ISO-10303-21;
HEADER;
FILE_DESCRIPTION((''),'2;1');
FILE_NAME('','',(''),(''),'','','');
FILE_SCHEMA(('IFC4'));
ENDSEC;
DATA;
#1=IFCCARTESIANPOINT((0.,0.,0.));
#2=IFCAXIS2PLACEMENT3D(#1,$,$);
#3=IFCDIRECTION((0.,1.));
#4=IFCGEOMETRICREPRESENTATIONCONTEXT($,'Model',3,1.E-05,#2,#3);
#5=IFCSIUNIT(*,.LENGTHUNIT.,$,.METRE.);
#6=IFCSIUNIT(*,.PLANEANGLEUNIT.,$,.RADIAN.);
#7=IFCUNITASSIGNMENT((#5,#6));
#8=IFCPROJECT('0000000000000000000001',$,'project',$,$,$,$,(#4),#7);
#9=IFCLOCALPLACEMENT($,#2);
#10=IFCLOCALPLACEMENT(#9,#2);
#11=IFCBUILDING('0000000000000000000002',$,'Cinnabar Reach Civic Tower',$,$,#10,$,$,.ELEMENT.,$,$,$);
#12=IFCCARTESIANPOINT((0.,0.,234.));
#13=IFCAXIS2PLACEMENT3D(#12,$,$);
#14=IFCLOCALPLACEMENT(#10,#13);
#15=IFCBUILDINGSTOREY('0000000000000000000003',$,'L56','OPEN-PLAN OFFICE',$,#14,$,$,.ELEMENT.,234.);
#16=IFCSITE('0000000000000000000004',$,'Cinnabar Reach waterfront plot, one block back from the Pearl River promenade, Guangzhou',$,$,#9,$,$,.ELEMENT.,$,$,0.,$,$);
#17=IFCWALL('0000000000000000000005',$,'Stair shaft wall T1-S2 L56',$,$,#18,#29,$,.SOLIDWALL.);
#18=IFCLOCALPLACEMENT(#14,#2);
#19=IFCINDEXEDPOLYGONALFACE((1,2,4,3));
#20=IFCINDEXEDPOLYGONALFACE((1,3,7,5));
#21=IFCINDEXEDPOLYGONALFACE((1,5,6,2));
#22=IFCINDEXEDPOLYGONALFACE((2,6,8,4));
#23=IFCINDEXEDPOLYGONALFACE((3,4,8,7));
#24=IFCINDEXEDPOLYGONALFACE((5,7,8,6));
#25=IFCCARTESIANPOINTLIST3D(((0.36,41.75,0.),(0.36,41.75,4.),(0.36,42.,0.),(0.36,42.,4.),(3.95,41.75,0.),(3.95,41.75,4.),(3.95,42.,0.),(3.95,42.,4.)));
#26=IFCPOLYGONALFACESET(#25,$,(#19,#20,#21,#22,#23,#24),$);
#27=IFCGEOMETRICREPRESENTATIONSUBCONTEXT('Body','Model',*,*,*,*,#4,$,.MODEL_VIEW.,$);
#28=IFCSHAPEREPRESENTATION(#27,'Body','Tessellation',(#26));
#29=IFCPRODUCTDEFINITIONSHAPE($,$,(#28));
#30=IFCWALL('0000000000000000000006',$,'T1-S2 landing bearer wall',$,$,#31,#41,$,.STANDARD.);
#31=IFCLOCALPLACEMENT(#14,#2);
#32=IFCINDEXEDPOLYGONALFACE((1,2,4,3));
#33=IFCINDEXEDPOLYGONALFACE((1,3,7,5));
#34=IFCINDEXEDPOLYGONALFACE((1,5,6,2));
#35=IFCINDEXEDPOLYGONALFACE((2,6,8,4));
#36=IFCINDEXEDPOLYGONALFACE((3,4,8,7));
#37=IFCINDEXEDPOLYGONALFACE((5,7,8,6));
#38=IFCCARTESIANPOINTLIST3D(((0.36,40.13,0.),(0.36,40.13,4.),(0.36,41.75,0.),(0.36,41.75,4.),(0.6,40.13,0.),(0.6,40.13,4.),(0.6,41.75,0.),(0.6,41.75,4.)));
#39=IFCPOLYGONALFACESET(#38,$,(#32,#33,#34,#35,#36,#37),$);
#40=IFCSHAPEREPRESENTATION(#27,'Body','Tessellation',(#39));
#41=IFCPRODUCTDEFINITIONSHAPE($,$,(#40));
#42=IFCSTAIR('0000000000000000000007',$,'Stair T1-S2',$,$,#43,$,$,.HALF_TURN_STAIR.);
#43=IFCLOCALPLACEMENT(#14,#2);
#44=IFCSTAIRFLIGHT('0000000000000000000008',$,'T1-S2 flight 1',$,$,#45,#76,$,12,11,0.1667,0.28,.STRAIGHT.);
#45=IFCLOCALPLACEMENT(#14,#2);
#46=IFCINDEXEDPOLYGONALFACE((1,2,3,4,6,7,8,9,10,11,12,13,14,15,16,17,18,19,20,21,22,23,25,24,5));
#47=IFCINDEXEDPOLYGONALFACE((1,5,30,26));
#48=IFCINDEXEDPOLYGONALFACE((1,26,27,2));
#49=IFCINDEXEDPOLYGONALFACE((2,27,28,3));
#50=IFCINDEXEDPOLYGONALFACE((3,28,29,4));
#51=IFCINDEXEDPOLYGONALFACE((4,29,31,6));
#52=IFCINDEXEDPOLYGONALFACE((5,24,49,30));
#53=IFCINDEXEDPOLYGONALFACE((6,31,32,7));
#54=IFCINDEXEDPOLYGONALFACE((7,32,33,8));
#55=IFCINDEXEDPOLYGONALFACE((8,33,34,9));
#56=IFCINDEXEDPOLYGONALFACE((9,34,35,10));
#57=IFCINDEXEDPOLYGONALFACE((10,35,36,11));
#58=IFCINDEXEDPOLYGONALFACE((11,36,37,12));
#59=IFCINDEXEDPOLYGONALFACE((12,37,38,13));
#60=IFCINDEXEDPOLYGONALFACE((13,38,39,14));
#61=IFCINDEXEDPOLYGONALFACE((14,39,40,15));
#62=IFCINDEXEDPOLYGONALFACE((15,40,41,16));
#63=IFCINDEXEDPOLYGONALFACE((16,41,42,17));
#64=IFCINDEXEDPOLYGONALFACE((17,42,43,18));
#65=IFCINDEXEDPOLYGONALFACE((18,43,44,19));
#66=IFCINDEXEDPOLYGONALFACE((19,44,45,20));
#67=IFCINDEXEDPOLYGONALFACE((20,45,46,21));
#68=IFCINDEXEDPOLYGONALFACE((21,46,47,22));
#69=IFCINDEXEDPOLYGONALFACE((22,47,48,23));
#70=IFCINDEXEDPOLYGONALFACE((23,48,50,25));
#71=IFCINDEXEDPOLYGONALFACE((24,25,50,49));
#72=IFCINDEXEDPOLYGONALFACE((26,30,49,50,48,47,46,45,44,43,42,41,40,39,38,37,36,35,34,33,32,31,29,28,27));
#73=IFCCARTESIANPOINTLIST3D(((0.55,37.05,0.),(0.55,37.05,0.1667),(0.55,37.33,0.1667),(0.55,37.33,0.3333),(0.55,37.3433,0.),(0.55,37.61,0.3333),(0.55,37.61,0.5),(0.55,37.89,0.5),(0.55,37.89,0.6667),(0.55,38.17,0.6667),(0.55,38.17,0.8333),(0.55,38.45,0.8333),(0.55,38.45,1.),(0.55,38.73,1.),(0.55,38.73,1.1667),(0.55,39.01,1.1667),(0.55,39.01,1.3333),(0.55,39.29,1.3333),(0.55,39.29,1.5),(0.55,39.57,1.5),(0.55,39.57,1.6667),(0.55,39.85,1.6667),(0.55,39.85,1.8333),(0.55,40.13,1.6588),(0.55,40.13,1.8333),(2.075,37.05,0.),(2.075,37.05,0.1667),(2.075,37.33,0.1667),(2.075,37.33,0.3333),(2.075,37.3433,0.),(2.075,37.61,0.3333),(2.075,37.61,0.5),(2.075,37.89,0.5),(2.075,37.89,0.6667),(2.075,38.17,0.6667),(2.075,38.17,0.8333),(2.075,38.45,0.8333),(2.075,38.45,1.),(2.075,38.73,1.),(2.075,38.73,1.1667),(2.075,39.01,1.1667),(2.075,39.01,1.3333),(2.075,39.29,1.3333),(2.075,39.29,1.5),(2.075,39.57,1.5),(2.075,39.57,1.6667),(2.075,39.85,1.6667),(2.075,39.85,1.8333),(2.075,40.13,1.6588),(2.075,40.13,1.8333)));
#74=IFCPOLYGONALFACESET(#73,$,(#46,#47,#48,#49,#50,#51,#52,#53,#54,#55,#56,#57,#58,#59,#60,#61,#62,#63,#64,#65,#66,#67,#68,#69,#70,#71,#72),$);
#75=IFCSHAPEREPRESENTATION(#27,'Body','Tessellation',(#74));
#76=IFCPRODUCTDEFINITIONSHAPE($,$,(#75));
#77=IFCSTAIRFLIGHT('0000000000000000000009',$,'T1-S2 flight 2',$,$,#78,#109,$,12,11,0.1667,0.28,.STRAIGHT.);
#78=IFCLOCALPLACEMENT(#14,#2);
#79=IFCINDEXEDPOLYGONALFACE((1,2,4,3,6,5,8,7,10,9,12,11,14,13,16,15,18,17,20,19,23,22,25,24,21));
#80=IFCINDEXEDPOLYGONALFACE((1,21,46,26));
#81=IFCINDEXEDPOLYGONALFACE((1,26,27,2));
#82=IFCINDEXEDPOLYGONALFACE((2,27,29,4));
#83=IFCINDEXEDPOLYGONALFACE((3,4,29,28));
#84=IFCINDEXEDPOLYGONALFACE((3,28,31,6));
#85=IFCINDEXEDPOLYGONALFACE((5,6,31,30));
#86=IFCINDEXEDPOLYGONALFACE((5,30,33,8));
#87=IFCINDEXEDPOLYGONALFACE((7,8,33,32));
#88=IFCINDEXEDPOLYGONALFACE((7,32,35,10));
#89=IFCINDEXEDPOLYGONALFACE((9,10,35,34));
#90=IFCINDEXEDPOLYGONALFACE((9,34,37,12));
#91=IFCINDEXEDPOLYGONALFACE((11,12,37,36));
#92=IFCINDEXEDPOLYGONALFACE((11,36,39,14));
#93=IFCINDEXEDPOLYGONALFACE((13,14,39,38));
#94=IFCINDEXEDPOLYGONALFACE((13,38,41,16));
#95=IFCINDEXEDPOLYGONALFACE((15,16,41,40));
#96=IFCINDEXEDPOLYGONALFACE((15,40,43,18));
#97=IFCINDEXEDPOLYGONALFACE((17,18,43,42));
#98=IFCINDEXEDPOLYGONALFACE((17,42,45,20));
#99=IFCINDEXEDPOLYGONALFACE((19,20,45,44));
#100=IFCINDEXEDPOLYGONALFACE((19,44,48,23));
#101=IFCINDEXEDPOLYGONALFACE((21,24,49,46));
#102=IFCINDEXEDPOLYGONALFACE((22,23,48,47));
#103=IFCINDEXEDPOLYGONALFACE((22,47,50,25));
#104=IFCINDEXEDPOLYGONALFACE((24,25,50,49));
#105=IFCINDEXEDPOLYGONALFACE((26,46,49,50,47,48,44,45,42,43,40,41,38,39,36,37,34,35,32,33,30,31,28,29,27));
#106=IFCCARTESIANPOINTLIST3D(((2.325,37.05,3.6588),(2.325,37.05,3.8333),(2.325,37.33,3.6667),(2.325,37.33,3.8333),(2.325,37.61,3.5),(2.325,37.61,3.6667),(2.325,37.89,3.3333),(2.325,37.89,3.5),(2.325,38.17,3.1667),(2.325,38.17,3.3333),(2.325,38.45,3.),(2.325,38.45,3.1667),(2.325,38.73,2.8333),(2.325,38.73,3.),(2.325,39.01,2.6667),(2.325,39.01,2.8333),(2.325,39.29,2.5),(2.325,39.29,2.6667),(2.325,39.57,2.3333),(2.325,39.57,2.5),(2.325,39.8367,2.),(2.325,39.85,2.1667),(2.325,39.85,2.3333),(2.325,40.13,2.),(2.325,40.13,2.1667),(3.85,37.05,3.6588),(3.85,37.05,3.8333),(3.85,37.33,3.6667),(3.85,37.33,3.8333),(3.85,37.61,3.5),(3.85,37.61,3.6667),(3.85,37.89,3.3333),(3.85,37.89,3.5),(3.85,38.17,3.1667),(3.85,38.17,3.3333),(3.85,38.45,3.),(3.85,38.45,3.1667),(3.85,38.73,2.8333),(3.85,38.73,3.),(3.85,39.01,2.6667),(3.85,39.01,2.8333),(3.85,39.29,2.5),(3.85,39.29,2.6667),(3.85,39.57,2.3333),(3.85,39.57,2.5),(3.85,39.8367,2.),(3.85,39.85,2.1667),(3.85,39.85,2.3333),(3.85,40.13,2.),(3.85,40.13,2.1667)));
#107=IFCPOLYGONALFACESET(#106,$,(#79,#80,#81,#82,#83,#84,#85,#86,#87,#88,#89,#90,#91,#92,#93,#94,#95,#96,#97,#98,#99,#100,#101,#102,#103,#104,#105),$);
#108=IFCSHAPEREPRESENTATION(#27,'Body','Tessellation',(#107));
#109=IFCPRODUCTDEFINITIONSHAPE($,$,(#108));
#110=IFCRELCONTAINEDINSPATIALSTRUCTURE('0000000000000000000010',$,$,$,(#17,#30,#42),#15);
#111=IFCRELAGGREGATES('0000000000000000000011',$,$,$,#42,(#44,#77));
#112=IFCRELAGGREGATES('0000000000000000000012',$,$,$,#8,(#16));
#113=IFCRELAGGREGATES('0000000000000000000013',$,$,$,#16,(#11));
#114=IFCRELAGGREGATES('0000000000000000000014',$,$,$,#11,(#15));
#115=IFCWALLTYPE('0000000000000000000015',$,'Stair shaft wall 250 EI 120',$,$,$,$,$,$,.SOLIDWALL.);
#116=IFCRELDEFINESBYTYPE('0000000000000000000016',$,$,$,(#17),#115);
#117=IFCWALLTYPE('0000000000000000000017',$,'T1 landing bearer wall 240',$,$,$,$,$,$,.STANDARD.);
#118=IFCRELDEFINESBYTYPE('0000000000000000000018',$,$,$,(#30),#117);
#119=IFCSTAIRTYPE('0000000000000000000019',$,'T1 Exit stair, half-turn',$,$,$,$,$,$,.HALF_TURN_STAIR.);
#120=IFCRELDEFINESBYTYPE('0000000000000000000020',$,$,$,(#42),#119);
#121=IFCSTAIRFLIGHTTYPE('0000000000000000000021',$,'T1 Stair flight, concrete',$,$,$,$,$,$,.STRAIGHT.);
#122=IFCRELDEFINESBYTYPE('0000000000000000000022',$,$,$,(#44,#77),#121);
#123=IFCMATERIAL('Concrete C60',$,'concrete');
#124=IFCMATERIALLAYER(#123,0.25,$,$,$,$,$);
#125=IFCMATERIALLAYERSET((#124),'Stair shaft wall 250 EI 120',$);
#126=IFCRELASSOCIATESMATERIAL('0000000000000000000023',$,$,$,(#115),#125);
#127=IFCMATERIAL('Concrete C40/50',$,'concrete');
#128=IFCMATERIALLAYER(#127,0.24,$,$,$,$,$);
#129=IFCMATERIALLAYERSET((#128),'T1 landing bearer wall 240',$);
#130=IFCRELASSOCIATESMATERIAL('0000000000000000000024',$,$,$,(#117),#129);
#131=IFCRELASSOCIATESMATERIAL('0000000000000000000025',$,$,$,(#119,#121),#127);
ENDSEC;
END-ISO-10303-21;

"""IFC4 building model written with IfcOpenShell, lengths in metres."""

from ifc_helpers import new_model, si_unit, direction, frame, frame_2d, origin, place, context, subcontext, project, spatial, polyline, rectangle, outline, extrude, material, layer, layer_set, type_object, element, aggregate, save


model = new_model("IFC4")

# Units and contexts
model_context = context("Model", 3, precision=1e-05, world=origin(), true_north=direction((0.0, 1.0)))
body_context = subcontext(model_context, "Body", "Model", "MODEL_VIEW")
ifc_project = project(units=[si_unit("LENGTHUNIT", "METRE"), si_unit("PLANEANGLEUNIT", "RADIAN")], contexts=[model_context])

# Site, building, storey
site_placement = place(None, origin())
site = spatial("IfcSite", under=ifc_project, at=site_placement, Name="Cinnabar Reach waterfront plot, one block back from the Pearl River promenade, Guangzhou", CompositionType="ELEMENT", RefElevation=0.0)
building_placement = place(site_placement, origin())
building = spatial("IfcBuilding", under=site, at=building_placement, Name="Cinnabar Reach Civic Tower", CompositionType="ELEMENT")
storey_placement = place(building_placement, frame((0.0, 0.0, 234.0)))
storey = spatial("IfcBuildingStorey", under=building, at=storey_placement, Name="L56", Description="OPEN-PLAN OFFICE", CompositionType="ELEMENT", Elevation=234.0)

# Shared definitions
ifc_material_1 = material(Name="Concrete C60", Category="concrete")

# Shared definitions
ifc_layer_1 = layer(ifc_material_1, 0.25)
ifc_layer_set_1 = layer_set([ifc_layer_1], Name="Stair shaft wall 250 EI 120")
wall_type_1 = type_object("IfcWallType", Name="Stair shaft wall 250 EI 120", PredefinedType="SOLIDWALL", material=ifc_layer_set_1)

# Walls
wall_1_placement = place(storey_placement, frame((3.95, 41.875, 0.0), z_axis=(0.0, 0.0, 1.0), x_axis=(-1.0, 0.0, 0.0)))
element("IfcWall", 1, at=wall_1_placement, inside=storey, type_object=wall_type_1, Name="Stair shaft wall T1-S2 L56", PredefinedType="SOLIDWALL", context=body_context, shape_type="SweptSolid", body=[
    extrude(rectangle(XDim=3.59, YDim=0.25, at=frame_2d((1.795, 0.0))), origin(), (0.0, 0.0, 1.0), 4.0),
])
ifc_material_2 = material(Name="Concrete C40/50", Category="concrete")
ifc_layer_2 = layer(ifc_material_2, 0.24)
ifc_layer_set_2 = layer_set([ifc_layer_2], Name="T1 landing bearer wall 240")
wall_type_2 = type_object("IfcWallType", Name="T1 landing bearer wall 240", PredefinedType="STANDARD", material=ifc_layer_set_2)
wall_2_placement = place(storey_placement, frame((0.48, 40.13, 0.0), z_axis=(0.0, 0.0, 1.0), x_axis=(0.0, 1.0, 0.0)))
element("IfcWall", 2, at=wall_2_placement, inside=storey, type_object=wall_type_2, Name="T1-S2 landing bearer wall", PredefinedType="STANDARD", context=body_context, shape_type="SweptSolid", body=[
    extrude(rectangle(XDim=1.62, YDim=0.24, at=frame_2d((0.81, 0.0))), origin(), (0.0, 0.0, 1.0), 4.0),
])

# Stair, stair flights
stair_type = type_object("IfcStairType", Name="T1 Exit stair, half-turn", PredefinedType="HALF_TURN_STAIR", material=ifc_material_2)
stair_placement = place(storey_placement, origin())
stair = element("IfcStair", 3, at=stair_placement, inside=storey, type_object=stair_type, Name="Stair T1-S2", PredefinedType="HALF_TURN_STAIR")
stair_flight_type = type_object("IfcStairFlightType", Name="T1 Stair flight, concrete", PredefinedType="STRAIGHT", material=ifc_material_2)
stair_flight_1_placement = place(storey_placement, frame((1.3125, 37.05, 0.0), z_axis=(0.0, 0.0, 1.0), x_axis=(0.0, 1.0, 0.0)))
stair_flight_1 = element("IfcStairFlight", 4, at=stair_flight_1_placement, type_object=stair_flight_type, Name="T1-S2 flight 1", NumberOfRisers=12, NumberOfTreads=11, PredefinedType="STRAIGHT", RiserHeight=0.1667, TreadLength=0.28, context=body_context, shape_type="SweptSolid", body=[
    extrude(outline(polyline([(0.0, 0.0), (0.0, 0.1667), (0.28, 0.1667), (0.28, 0.3333), (0.56, 0.3333), (0.56, 0.5), (0.84, 0.5), (0.84, 0.6667), (1.12, 0.6667), (1.12, 0.8333), (1.4, 0.8333), (1.4, 1.0), (1.68, 1.0), (1.68, 1.1667), (1.96, 1.1667), (1.96, 1.3333), (2.24, 1.3333), (2.24, 1.5), (2.52, 1.5), (2.52, 1.6667), (2.8, 1.6667), (2.8, 1.8333), (3.08, 1.8333), (3.08, 2.0), (3.08, 1.6588), (0.2933, 0.0), (0.0, 0.0)])), frame((0.0, 0.7625, 0.0), z_axis=(0.0, -1.0, 0.0), x_axis=(1.0, 0.0, 0.0)), (0.0, 0.0, 1.0), 1.525),
])
stair_flight_2_placement = place(storey_placement, frame((3.0875, 40.13, 2.0), z_axis=(0.0, 0.0, 1.0), x_axis=(0.0, -1.0, 0.0)))
stair_flight_2 = element("IfcStairFlight", 5, at=stair_flight_2_placement, type_object=stair_flight_type, Name="T1-S2 flight 2", NumberOfRisers=12, NumberOfTreads=11, PredefinedType="STRAIGHT", RiserHeight=0.1667, TreadLength=0.28, context=body_context, shape_type="SweptSolid", body=[
    extrude(outline(polyline([(0.0, 0.0), (0.0, 0.1667), (0.28, 0.1667), (0.28, 0.3333), (0.56, 0.3333), (0.56, 0.5), (0.84, 0.5), (0.84, 0.6667), (1.12, 0.6667), (1.12, 0.8333), (1.4, 0.8333), (1.4, 1.0), (1.68, 1.0), (1.68, 1.1667), (1.96, 1.1667), (1.96, 1.3333), (2.24, 1.3333), (2.24, 1.5), (2.52, 1.5), (2.52, 1.6667), (2.8, 1.6667), (2.8, 1.8333), (3.08, 1.8333), (3.08, 2.0), (3.08, 1.6588), (0.2933, 0.0), (0.0, 0.0)])), frame((0.0, 0.7625, 0.0), z_axis=(0.0, -1.0, 0.0), x_axis=(1.0, 0.0, 0.0)), (0.0, 0.0, 1.0), 1.525),
])
aggregate(stair, [stair_flight_1, stair_flight_2])

save(model, "model.ifc")
